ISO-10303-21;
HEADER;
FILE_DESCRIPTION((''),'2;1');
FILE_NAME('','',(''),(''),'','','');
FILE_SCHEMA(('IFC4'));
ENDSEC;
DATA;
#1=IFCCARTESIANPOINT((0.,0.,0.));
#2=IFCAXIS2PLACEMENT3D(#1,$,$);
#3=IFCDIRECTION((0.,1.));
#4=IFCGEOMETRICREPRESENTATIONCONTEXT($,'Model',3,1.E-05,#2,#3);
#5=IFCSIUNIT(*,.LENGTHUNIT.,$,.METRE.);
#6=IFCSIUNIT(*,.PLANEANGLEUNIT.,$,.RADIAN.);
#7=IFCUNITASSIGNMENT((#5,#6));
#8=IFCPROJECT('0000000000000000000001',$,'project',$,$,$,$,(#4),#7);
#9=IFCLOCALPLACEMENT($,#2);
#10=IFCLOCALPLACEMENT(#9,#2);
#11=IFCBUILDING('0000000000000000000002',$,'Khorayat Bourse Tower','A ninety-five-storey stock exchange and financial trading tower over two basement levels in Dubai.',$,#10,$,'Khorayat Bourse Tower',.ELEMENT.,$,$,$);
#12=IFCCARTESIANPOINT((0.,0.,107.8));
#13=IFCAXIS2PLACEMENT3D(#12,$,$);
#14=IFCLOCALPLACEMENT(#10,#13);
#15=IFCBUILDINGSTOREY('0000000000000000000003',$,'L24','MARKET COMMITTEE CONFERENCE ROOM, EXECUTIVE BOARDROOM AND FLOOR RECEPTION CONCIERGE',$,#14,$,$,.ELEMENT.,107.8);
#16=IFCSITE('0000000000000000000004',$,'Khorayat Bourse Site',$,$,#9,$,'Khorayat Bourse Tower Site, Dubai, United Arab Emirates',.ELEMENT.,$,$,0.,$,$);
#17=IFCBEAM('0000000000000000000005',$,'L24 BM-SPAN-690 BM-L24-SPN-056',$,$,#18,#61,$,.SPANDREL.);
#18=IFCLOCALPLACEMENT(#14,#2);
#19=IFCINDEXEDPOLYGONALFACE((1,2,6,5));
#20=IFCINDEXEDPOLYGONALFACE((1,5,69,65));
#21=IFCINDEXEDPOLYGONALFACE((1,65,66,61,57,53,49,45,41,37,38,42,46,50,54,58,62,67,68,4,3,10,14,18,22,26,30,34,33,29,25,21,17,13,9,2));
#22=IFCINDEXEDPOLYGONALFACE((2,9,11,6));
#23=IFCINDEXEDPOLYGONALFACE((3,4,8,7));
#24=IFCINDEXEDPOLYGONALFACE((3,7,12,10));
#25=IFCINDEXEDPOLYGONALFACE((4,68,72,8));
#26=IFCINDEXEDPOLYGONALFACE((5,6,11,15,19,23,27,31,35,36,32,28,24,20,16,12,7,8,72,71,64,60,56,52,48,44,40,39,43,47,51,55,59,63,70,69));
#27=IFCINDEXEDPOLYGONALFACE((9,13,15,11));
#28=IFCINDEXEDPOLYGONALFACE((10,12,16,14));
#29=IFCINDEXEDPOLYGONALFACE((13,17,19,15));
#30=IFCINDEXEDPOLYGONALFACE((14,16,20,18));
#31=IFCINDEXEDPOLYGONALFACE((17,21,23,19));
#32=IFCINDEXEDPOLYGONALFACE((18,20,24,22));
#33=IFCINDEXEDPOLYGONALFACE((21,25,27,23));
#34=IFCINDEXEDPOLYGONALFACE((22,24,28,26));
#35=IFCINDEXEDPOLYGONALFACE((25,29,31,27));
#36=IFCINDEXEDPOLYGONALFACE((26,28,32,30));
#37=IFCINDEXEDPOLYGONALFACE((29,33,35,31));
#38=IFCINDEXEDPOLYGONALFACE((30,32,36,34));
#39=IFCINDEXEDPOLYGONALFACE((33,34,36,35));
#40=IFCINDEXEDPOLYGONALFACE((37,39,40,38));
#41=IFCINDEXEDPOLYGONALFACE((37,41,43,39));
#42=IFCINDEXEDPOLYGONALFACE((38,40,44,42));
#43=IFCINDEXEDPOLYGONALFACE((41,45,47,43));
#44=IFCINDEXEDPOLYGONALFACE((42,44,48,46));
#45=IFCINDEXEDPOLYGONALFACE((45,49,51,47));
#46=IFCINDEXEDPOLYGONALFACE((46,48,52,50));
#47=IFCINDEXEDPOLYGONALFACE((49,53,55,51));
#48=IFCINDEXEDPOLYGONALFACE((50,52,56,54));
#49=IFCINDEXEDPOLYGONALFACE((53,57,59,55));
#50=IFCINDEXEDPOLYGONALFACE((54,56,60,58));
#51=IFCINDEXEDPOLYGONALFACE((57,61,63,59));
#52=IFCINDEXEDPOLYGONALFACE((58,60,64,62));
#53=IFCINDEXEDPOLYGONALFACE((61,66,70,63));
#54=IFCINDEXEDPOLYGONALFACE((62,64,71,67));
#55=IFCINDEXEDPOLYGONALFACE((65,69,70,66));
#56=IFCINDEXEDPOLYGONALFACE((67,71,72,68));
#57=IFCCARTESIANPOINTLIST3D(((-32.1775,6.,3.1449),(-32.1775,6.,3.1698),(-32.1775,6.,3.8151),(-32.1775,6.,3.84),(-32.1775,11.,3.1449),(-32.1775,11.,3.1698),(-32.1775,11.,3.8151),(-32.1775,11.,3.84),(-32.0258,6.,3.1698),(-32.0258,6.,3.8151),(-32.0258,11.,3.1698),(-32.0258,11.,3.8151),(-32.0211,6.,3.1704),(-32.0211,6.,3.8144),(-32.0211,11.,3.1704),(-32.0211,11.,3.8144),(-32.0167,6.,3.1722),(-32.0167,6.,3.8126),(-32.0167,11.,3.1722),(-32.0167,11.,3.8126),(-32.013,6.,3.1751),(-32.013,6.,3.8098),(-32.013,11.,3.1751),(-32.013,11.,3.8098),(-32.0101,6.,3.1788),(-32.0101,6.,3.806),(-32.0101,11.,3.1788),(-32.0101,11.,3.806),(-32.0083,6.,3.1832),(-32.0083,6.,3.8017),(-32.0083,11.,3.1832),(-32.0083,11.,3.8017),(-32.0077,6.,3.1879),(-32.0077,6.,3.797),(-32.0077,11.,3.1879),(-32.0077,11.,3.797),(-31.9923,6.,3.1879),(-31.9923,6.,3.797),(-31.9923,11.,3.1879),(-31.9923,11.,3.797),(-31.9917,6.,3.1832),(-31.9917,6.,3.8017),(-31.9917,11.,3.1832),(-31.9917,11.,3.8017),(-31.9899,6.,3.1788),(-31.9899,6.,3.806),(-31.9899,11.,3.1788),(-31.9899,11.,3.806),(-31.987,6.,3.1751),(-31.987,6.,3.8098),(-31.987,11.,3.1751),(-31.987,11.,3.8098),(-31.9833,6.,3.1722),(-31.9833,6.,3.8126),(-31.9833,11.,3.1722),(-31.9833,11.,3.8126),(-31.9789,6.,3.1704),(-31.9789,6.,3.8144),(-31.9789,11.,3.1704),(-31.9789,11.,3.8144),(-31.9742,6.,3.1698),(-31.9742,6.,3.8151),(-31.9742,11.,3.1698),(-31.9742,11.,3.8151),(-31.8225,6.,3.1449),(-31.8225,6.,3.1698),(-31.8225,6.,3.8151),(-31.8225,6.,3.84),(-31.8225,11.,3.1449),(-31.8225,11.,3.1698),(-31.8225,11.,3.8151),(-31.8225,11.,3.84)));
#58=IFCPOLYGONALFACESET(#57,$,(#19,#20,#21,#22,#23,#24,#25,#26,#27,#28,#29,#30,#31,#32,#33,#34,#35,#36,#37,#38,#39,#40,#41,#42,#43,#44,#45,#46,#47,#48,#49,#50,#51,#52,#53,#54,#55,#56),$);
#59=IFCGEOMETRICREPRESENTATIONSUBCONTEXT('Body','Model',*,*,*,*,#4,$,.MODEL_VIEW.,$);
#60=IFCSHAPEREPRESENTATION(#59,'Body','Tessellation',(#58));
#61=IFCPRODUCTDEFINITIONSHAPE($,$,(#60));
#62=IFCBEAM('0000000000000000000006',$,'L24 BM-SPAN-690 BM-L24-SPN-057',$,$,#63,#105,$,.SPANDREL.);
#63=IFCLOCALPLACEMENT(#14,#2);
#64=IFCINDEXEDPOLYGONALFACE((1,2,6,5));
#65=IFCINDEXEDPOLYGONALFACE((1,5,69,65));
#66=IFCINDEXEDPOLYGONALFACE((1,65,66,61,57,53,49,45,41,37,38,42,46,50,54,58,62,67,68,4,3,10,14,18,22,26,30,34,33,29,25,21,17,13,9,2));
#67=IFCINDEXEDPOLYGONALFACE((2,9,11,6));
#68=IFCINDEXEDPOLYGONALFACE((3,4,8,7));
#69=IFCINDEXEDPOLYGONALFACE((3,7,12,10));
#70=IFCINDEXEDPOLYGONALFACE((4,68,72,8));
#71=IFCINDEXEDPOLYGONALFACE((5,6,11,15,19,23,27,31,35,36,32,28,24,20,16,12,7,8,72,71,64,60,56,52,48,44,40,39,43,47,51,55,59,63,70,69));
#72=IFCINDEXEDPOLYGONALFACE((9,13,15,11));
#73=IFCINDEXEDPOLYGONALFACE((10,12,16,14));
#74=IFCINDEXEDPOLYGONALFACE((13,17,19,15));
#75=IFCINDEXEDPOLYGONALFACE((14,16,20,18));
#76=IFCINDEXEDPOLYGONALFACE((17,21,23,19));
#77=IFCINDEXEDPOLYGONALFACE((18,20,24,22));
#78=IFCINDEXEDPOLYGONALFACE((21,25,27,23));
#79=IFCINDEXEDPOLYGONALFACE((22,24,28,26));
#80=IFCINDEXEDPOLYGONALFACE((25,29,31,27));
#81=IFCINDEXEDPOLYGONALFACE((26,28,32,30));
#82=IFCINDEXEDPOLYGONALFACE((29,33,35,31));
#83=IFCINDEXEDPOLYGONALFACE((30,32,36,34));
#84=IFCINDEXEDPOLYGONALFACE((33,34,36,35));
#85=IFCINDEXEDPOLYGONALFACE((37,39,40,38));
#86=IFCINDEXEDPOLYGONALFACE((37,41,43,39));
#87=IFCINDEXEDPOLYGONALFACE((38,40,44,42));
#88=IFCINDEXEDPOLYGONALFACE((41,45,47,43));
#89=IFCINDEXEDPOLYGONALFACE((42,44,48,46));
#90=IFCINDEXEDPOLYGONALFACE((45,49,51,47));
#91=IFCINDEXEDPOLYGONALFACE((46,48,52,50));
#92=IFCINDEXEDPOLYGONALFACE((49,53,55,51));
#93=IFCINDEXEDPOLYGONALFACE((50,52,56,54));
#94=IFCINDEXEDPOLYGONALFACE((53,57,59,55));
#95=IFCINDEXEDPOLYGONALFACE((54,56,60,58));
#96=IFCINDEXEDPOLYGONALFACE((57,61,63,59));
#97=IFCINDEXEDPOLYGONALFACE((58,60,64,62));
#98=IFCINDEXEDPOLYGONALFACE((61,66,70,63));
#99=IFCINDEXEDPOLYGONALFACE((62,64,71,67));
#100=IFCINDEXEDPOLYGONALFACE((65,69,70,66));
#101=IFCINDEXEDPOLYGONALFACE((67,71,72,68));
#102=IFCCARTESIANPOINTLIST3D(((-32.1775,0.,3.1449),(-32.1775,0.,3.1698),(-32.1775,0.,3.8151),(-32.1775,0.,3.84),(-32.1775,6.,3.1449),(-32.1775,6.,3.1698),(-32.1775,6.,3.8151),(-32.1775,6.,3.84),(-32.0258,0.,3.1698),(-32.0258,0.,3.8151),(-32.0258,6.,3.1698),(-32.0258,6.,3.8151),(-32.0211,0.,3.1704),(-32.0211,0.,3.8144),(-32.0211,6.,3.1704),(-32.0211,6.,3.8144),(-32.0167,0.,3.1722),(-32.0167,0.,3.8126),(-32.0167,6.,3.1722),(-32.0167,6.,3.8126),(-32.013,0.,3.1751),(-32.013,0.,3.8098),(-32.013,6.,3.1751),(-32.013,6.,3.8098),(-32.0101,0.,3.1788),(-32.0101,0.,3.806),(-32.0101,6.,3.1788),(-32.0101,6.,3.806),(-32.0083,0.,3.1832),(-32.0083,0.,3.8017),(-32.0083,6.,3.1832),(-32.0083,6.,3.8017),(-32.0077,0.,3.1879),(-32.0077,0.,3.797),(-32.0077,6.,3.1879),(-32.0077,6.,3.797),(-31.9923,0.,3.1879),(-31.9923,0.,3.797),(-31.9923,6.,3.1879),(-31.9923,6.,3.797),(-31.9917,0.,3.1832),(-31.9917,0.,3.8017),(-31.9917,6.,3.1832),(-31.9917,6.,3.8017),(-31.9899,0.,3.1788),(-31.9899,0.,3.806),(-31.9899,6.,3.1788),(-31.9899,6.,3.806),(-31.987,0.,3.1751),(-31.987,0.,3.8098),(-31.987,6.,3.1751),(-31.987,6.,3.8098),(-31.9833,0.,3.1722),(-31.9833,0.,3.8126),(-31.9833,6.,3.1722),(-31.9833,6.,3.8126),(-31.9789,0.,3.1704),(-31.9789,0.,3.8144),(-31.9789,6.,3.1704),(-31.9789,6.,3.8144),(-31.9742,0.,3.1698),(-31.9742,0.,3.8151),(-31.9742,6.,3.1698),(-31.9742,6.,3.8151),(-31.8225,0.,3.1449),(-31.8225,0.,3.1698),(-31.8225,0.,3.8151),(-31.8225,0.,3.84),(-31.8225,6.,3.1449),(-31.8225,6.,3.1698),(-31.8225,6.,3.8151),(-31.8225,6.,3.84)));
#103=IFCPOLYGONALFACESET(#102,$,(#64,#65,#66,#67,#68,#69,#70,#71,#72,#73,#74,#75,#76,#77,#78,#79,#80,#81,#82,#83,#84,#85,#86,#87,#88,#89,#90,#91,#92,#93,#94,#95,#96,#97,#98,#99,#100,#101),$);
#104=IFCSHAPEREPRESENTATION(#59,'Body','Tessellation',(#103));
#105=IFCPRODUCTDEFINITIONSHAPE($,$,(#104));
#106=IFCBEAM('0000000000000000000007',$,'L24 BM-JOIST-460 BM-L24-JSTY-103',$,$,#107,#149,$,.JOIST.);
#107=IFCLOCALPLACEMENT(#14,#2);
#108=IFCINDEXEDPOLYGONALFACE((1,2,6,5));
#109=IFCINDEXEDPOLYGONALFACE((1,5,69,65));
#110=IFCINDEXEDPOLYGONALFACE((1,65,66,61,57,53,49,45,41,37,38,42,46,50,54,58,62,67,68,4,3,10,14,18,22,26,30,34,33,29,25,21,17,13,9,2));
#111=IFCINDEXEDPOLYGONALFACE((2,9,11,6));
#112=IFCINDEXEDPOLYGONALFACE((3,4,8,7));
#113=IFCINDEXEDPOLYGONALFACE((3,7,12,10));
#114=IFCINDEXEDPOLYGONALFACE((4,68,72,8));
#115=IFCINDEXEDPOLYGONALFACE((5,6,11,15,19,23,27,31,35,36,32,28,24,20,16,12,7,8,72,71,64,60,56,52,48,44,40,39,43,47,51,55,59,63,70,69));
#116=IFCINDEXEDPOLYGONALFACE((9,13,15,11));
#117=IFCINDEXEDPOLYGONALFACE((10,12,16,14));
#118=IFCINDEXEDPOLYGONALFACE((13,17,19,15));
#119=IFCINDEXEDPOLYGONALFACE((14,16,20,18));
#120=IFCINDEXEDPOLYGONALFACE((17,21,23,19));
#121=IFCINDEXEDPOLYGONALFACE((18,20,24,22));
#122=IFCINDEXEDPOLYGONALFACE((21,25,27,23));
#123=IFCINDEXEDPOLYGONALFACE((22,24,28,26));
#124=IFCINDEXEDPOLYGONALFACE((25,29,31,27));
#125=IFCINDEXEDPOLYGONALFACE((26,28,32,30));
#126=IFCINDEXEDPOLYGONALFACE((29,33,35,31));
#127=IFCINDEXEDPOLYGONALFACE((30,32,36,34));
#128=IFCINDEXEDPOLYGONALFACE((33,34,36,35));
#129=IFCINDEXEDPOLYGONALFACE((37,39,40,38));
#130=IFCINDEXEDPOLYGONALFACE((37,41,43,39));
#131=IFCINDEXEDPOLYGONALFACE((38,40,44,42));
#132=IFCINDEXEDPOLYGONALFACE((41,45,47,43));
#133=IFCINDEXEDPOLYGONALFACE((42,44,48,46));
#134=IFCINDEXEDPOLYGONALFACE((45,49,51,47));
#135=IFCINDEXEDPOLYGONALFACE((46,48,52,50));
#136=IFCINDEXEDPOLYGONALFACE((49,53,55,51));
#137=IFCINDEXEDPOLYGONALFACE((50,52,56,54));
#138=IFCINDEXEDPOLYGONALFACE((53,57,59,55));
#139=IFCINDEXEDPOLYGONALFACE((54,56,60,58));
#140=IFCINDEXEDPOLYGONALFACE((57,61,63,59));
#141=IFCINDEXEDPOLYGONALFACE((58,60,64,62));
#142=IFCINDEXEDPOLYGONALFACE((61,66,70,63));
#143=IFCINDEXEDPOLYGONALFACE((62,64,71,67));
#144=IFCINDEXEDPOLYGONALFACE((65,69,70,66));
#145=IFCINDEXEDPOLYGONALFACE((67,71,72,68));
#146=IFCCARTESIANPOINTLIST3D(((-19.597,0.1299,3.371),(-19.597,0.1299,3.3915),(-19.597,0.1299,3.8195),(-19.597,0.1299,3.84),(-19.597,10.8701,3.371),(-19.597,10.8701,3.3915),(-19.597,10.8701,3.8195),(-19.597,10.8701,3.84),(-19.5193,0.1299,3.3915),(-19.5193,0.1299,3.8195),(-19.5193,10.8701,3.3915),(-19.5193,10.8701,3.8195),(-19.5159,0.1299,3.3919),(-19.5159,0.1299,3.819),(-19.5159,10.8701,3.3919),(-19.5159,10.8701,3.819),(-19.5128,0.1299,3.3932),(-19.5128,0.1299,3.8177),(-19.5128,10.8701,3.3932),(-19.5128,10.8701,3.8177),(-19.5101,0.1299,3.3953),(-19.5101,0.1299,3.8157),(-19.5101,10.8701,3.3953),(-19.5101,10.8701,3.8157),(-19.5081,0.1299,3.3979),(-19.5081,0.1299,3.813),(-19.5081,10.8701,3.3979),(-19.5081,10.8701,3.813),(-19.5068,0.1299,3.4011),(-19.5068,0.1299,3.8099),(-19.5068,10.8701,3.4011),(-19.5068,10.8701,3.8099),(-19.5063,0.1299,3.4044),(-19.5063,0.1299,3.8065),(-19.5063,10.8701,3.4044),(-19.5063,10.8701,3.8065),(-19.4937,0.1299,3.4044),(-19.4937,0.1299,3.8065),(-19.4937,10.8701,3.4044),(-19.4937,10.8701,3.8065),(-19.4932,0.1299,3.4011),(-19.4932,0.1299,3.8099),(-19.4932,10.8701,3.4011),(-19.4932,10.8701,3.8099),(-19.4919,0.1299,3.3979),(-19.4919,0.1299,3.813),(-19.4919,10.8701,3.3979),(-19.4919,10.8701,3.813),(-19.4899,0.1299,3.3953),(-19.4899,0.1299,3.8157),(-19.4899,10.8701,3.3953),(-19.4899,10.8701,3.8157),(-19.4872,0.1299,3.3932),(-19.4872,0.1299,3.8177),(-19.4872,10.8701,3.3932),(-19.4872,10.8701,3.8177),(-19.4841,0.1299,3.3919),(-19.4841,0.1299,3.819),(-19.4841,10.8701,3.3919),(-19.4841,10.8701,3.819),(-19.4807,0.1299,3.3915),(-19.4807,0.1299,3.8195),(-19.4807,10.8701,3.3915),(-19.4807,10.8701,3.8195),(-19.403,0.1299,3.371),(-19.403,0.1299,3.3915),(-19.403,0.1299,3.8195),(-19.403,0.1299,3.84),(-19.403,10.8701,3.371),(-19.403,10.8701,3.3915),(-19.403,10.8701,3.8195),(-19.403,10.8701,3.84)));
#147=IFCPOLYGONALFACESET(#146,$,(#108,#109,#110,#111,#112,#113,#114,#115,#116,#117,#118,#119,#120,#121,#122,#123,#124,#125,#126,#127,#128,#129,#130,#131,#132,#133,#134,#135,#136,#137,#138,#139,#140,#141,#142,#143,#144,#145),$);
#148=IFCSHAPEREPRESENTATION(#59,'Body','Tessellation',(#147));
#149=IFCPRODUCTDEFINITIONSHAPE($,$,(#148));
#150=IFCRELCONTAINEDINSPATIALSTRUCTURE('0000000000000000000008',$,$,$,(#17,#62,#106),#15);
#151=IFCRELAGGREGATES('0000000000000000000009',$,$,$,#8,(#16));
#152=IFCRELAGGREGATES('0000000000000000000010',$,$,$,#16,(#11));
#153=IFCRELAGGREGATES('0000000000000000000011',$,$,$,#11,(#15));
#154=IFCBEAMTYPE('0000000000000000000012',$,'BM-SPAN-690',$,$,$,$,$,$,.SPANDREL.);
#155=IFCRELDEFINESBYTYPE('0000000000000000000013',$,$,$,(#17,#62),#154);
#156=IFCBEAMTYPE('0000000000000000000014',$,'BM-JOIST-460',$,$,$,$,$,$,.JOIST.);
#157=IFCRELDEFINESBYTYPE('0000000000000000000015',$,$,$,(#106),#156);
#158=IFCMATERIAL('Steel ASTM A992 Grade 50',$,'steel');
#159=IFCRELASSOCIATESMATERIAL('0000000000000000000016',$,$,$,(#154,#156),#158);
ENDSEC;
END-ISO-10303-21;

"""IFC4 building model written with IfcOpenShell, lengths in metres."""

from ifc_helpers import new_model, si_unit, direction, frame, origin, origin_2d, place, context, subcontext, project, spatial, i_section, extrude, source, transform, mapped, material, material_profile, profile_set, type_object, element, save


model = new_model("IFC4")

# Units and contexts
model_context = context("Model", 3, precision=1e-05, world=origin(), true_north=direction((0.0, 1.0)))
body_context = subcontext(model_context, "Body", "Model", "MODEL_VIEW")
ifc_project = project(units=[si_unit("LENGTHUNIT", "METRE"), si_unit("PLANEANGLEUNIT", "RADIAN")], contexts=[model_context])

# Site, building, storey
site_placement = place(None, origin())
site = spatial("IfcSite", under=ifc_project, at=site_placement, Name="Khorayat Bourse Site", LongName="Khorayat Bourse Tower Site, Dubai, United Arab Emirates", CompositionType="ELEMENT", RefElevation=0.0)
building_placement = place(site_placement, origin())
building = spatial("IfcBuilding", under=site, at=building_placement, Name="Khorayat Bourse Tower", Description="A ninety-five-storey stock exchange and financial trading tower over two basement levels in Dubai.", LongName="Khorayat Bourse Tower", CompositionType="ELEMENT")
storey_placement = place(building_placement, frame((0.0, 0.0, 107.8)))
storey = spatial("IfcBuildingStorey", under=building, at=storey_placement, Name="L24", Description="MARKET COMMITTEE CONFERENCE ROOM, EXECUTIVE BOARDROOM AND FLOOR RECEPTION CONCIERGE", CompositionType="ELEMENT", Elevation=107.8)

# Beams
ifc_material_1 = material(Name="Steel ASTM A992 Grade 50", Category="steel")
ifc_material_profile_1 = material_profile(ifc_material_1, i_section(OverallWidth=0.355, OverallDepth=0.6951, WebThickness=0.0154, FlangeThickness=0.0249, FilletRadius=0.0181, at=origin_2d()), Name="W690X217")
ifc_profile_set_1 = profile_set([ifc_material_profile_1], Name="Steel ASTM A992 Grade 50")
beam_type_1 = type_object("IfcBeamType", Name="BM-SPAN-690", PredefinedType="SPANDREL", material=ifc_profile_set_1)
shared_shape_1 = source(origin(), body_context, "Body", "SweptSolid", [
    extrude(i_section(OverallWidth=0.355, OverallDepth=0.6951, WebThickness=0.0154, FlangeThickness=0.0249, FilletRadius=0.0181, at=origin_2d()), origin(), (0.0, 0.0, 1.0), 5.0),
])
beam_1_placement = place(storey_placement, frame((-32.0, 6.0, 3.4924), z_axis=(0.0, 1.0, 0.0), x_axis=(-1.0, 0.0, 0.0)))
element("IfcBeam", 1, at=beam_1_placement, inside=storey, type_object=beam_type_1, Name="L24 BM-SPAN-690 BM-L24-SPN-056", PredefinedType="SPANDREL", context=body_context, shape_type="MappedRepresentation", body=[
    mapped(shared_shape_1, transform((0.0, 0.0, 0.0), scale=1.0)),
])
shared_shape_2 = source(origin(), body_context, "Body", "SweptSolid", [
    extrude(i_section(OverallWidth=0.355, OverallDepth=0.6951, WebThickness=0.0154, FlangeThickness=0.0249, FilletRadius=0.0181, at=origin_2d()), origin(), (0.0, 0.0, 1.0), 6.0),
])
beam_2_placement = place(storey_placement, frame((-32.0, 0.0, 3.4924), z_axis=(0.0, 1.0, 0.0), x_axis=(-1.0, 0.0, 0.0)))
element("IfcBeam", 2, at=beam_2_placement, inside=storey, type_object=beam_type_1, Name="L24 BM-SPAN-690 BM-L24-SPN-057", PredefinedType="SPANDREL", context=body_context, shape_type="MappedRepresentation", body=[
    mapped(shared_shape_2, transform((0.0, 0.0, 0.0), scale=1.0)),
])
ifc_material_profile_2 = material_profile(ifc_material_1, i_section(OverallWidth=0.1941, OverallDepth=0.469, WebThickness=0.0127, FlangeThickness=0.0205, FilletRadius=0.0129, at=origin_2d()), Name="W460X106")
ifc_profile_set_2 = profile_set([ifc_material_profile_2], Name="Steel ASTM A992 Grade 50")
beam_type_2 = type_object("IfcBeamType", Name="BM-JOIST-460", PredefinedType="JOIST", material=ifc_profile_set_2)
shared_shape_3 = source(origin(), body_context, "Body", "SweptSolid", [
    extrude(i_section(OverallWidth=0.1941, OverallDepth=0.469, WebThickness=0.0127, FlangeThickness=0.0205, FilletRadius=0.0129, at=origin_2d()), origin(), (0.0, 0.0, 1.0), 10.7402),
])
beam_3_placement = place(storey_placement, frame((-19.5, 0.1299, 3.6055), z_axis=(0.0, 1.0, 0.0), x_axis=(-1.0, 0.0, 0.0)))
element("IfcBeam", 3, at=beam_3_placement, inside=storey, type_object=beam_type_2, Name="L24 BM-JOIST-460 BM-L24-JSTY-103", PredefinedType="JOIST", context=body_context, shape_type="MappedRepresentation", body=[
    mapped(shared_shape_3, transform((0.0, 0.0, 0.0), scale=1.0)),
])

save(model, "model.ifc")
